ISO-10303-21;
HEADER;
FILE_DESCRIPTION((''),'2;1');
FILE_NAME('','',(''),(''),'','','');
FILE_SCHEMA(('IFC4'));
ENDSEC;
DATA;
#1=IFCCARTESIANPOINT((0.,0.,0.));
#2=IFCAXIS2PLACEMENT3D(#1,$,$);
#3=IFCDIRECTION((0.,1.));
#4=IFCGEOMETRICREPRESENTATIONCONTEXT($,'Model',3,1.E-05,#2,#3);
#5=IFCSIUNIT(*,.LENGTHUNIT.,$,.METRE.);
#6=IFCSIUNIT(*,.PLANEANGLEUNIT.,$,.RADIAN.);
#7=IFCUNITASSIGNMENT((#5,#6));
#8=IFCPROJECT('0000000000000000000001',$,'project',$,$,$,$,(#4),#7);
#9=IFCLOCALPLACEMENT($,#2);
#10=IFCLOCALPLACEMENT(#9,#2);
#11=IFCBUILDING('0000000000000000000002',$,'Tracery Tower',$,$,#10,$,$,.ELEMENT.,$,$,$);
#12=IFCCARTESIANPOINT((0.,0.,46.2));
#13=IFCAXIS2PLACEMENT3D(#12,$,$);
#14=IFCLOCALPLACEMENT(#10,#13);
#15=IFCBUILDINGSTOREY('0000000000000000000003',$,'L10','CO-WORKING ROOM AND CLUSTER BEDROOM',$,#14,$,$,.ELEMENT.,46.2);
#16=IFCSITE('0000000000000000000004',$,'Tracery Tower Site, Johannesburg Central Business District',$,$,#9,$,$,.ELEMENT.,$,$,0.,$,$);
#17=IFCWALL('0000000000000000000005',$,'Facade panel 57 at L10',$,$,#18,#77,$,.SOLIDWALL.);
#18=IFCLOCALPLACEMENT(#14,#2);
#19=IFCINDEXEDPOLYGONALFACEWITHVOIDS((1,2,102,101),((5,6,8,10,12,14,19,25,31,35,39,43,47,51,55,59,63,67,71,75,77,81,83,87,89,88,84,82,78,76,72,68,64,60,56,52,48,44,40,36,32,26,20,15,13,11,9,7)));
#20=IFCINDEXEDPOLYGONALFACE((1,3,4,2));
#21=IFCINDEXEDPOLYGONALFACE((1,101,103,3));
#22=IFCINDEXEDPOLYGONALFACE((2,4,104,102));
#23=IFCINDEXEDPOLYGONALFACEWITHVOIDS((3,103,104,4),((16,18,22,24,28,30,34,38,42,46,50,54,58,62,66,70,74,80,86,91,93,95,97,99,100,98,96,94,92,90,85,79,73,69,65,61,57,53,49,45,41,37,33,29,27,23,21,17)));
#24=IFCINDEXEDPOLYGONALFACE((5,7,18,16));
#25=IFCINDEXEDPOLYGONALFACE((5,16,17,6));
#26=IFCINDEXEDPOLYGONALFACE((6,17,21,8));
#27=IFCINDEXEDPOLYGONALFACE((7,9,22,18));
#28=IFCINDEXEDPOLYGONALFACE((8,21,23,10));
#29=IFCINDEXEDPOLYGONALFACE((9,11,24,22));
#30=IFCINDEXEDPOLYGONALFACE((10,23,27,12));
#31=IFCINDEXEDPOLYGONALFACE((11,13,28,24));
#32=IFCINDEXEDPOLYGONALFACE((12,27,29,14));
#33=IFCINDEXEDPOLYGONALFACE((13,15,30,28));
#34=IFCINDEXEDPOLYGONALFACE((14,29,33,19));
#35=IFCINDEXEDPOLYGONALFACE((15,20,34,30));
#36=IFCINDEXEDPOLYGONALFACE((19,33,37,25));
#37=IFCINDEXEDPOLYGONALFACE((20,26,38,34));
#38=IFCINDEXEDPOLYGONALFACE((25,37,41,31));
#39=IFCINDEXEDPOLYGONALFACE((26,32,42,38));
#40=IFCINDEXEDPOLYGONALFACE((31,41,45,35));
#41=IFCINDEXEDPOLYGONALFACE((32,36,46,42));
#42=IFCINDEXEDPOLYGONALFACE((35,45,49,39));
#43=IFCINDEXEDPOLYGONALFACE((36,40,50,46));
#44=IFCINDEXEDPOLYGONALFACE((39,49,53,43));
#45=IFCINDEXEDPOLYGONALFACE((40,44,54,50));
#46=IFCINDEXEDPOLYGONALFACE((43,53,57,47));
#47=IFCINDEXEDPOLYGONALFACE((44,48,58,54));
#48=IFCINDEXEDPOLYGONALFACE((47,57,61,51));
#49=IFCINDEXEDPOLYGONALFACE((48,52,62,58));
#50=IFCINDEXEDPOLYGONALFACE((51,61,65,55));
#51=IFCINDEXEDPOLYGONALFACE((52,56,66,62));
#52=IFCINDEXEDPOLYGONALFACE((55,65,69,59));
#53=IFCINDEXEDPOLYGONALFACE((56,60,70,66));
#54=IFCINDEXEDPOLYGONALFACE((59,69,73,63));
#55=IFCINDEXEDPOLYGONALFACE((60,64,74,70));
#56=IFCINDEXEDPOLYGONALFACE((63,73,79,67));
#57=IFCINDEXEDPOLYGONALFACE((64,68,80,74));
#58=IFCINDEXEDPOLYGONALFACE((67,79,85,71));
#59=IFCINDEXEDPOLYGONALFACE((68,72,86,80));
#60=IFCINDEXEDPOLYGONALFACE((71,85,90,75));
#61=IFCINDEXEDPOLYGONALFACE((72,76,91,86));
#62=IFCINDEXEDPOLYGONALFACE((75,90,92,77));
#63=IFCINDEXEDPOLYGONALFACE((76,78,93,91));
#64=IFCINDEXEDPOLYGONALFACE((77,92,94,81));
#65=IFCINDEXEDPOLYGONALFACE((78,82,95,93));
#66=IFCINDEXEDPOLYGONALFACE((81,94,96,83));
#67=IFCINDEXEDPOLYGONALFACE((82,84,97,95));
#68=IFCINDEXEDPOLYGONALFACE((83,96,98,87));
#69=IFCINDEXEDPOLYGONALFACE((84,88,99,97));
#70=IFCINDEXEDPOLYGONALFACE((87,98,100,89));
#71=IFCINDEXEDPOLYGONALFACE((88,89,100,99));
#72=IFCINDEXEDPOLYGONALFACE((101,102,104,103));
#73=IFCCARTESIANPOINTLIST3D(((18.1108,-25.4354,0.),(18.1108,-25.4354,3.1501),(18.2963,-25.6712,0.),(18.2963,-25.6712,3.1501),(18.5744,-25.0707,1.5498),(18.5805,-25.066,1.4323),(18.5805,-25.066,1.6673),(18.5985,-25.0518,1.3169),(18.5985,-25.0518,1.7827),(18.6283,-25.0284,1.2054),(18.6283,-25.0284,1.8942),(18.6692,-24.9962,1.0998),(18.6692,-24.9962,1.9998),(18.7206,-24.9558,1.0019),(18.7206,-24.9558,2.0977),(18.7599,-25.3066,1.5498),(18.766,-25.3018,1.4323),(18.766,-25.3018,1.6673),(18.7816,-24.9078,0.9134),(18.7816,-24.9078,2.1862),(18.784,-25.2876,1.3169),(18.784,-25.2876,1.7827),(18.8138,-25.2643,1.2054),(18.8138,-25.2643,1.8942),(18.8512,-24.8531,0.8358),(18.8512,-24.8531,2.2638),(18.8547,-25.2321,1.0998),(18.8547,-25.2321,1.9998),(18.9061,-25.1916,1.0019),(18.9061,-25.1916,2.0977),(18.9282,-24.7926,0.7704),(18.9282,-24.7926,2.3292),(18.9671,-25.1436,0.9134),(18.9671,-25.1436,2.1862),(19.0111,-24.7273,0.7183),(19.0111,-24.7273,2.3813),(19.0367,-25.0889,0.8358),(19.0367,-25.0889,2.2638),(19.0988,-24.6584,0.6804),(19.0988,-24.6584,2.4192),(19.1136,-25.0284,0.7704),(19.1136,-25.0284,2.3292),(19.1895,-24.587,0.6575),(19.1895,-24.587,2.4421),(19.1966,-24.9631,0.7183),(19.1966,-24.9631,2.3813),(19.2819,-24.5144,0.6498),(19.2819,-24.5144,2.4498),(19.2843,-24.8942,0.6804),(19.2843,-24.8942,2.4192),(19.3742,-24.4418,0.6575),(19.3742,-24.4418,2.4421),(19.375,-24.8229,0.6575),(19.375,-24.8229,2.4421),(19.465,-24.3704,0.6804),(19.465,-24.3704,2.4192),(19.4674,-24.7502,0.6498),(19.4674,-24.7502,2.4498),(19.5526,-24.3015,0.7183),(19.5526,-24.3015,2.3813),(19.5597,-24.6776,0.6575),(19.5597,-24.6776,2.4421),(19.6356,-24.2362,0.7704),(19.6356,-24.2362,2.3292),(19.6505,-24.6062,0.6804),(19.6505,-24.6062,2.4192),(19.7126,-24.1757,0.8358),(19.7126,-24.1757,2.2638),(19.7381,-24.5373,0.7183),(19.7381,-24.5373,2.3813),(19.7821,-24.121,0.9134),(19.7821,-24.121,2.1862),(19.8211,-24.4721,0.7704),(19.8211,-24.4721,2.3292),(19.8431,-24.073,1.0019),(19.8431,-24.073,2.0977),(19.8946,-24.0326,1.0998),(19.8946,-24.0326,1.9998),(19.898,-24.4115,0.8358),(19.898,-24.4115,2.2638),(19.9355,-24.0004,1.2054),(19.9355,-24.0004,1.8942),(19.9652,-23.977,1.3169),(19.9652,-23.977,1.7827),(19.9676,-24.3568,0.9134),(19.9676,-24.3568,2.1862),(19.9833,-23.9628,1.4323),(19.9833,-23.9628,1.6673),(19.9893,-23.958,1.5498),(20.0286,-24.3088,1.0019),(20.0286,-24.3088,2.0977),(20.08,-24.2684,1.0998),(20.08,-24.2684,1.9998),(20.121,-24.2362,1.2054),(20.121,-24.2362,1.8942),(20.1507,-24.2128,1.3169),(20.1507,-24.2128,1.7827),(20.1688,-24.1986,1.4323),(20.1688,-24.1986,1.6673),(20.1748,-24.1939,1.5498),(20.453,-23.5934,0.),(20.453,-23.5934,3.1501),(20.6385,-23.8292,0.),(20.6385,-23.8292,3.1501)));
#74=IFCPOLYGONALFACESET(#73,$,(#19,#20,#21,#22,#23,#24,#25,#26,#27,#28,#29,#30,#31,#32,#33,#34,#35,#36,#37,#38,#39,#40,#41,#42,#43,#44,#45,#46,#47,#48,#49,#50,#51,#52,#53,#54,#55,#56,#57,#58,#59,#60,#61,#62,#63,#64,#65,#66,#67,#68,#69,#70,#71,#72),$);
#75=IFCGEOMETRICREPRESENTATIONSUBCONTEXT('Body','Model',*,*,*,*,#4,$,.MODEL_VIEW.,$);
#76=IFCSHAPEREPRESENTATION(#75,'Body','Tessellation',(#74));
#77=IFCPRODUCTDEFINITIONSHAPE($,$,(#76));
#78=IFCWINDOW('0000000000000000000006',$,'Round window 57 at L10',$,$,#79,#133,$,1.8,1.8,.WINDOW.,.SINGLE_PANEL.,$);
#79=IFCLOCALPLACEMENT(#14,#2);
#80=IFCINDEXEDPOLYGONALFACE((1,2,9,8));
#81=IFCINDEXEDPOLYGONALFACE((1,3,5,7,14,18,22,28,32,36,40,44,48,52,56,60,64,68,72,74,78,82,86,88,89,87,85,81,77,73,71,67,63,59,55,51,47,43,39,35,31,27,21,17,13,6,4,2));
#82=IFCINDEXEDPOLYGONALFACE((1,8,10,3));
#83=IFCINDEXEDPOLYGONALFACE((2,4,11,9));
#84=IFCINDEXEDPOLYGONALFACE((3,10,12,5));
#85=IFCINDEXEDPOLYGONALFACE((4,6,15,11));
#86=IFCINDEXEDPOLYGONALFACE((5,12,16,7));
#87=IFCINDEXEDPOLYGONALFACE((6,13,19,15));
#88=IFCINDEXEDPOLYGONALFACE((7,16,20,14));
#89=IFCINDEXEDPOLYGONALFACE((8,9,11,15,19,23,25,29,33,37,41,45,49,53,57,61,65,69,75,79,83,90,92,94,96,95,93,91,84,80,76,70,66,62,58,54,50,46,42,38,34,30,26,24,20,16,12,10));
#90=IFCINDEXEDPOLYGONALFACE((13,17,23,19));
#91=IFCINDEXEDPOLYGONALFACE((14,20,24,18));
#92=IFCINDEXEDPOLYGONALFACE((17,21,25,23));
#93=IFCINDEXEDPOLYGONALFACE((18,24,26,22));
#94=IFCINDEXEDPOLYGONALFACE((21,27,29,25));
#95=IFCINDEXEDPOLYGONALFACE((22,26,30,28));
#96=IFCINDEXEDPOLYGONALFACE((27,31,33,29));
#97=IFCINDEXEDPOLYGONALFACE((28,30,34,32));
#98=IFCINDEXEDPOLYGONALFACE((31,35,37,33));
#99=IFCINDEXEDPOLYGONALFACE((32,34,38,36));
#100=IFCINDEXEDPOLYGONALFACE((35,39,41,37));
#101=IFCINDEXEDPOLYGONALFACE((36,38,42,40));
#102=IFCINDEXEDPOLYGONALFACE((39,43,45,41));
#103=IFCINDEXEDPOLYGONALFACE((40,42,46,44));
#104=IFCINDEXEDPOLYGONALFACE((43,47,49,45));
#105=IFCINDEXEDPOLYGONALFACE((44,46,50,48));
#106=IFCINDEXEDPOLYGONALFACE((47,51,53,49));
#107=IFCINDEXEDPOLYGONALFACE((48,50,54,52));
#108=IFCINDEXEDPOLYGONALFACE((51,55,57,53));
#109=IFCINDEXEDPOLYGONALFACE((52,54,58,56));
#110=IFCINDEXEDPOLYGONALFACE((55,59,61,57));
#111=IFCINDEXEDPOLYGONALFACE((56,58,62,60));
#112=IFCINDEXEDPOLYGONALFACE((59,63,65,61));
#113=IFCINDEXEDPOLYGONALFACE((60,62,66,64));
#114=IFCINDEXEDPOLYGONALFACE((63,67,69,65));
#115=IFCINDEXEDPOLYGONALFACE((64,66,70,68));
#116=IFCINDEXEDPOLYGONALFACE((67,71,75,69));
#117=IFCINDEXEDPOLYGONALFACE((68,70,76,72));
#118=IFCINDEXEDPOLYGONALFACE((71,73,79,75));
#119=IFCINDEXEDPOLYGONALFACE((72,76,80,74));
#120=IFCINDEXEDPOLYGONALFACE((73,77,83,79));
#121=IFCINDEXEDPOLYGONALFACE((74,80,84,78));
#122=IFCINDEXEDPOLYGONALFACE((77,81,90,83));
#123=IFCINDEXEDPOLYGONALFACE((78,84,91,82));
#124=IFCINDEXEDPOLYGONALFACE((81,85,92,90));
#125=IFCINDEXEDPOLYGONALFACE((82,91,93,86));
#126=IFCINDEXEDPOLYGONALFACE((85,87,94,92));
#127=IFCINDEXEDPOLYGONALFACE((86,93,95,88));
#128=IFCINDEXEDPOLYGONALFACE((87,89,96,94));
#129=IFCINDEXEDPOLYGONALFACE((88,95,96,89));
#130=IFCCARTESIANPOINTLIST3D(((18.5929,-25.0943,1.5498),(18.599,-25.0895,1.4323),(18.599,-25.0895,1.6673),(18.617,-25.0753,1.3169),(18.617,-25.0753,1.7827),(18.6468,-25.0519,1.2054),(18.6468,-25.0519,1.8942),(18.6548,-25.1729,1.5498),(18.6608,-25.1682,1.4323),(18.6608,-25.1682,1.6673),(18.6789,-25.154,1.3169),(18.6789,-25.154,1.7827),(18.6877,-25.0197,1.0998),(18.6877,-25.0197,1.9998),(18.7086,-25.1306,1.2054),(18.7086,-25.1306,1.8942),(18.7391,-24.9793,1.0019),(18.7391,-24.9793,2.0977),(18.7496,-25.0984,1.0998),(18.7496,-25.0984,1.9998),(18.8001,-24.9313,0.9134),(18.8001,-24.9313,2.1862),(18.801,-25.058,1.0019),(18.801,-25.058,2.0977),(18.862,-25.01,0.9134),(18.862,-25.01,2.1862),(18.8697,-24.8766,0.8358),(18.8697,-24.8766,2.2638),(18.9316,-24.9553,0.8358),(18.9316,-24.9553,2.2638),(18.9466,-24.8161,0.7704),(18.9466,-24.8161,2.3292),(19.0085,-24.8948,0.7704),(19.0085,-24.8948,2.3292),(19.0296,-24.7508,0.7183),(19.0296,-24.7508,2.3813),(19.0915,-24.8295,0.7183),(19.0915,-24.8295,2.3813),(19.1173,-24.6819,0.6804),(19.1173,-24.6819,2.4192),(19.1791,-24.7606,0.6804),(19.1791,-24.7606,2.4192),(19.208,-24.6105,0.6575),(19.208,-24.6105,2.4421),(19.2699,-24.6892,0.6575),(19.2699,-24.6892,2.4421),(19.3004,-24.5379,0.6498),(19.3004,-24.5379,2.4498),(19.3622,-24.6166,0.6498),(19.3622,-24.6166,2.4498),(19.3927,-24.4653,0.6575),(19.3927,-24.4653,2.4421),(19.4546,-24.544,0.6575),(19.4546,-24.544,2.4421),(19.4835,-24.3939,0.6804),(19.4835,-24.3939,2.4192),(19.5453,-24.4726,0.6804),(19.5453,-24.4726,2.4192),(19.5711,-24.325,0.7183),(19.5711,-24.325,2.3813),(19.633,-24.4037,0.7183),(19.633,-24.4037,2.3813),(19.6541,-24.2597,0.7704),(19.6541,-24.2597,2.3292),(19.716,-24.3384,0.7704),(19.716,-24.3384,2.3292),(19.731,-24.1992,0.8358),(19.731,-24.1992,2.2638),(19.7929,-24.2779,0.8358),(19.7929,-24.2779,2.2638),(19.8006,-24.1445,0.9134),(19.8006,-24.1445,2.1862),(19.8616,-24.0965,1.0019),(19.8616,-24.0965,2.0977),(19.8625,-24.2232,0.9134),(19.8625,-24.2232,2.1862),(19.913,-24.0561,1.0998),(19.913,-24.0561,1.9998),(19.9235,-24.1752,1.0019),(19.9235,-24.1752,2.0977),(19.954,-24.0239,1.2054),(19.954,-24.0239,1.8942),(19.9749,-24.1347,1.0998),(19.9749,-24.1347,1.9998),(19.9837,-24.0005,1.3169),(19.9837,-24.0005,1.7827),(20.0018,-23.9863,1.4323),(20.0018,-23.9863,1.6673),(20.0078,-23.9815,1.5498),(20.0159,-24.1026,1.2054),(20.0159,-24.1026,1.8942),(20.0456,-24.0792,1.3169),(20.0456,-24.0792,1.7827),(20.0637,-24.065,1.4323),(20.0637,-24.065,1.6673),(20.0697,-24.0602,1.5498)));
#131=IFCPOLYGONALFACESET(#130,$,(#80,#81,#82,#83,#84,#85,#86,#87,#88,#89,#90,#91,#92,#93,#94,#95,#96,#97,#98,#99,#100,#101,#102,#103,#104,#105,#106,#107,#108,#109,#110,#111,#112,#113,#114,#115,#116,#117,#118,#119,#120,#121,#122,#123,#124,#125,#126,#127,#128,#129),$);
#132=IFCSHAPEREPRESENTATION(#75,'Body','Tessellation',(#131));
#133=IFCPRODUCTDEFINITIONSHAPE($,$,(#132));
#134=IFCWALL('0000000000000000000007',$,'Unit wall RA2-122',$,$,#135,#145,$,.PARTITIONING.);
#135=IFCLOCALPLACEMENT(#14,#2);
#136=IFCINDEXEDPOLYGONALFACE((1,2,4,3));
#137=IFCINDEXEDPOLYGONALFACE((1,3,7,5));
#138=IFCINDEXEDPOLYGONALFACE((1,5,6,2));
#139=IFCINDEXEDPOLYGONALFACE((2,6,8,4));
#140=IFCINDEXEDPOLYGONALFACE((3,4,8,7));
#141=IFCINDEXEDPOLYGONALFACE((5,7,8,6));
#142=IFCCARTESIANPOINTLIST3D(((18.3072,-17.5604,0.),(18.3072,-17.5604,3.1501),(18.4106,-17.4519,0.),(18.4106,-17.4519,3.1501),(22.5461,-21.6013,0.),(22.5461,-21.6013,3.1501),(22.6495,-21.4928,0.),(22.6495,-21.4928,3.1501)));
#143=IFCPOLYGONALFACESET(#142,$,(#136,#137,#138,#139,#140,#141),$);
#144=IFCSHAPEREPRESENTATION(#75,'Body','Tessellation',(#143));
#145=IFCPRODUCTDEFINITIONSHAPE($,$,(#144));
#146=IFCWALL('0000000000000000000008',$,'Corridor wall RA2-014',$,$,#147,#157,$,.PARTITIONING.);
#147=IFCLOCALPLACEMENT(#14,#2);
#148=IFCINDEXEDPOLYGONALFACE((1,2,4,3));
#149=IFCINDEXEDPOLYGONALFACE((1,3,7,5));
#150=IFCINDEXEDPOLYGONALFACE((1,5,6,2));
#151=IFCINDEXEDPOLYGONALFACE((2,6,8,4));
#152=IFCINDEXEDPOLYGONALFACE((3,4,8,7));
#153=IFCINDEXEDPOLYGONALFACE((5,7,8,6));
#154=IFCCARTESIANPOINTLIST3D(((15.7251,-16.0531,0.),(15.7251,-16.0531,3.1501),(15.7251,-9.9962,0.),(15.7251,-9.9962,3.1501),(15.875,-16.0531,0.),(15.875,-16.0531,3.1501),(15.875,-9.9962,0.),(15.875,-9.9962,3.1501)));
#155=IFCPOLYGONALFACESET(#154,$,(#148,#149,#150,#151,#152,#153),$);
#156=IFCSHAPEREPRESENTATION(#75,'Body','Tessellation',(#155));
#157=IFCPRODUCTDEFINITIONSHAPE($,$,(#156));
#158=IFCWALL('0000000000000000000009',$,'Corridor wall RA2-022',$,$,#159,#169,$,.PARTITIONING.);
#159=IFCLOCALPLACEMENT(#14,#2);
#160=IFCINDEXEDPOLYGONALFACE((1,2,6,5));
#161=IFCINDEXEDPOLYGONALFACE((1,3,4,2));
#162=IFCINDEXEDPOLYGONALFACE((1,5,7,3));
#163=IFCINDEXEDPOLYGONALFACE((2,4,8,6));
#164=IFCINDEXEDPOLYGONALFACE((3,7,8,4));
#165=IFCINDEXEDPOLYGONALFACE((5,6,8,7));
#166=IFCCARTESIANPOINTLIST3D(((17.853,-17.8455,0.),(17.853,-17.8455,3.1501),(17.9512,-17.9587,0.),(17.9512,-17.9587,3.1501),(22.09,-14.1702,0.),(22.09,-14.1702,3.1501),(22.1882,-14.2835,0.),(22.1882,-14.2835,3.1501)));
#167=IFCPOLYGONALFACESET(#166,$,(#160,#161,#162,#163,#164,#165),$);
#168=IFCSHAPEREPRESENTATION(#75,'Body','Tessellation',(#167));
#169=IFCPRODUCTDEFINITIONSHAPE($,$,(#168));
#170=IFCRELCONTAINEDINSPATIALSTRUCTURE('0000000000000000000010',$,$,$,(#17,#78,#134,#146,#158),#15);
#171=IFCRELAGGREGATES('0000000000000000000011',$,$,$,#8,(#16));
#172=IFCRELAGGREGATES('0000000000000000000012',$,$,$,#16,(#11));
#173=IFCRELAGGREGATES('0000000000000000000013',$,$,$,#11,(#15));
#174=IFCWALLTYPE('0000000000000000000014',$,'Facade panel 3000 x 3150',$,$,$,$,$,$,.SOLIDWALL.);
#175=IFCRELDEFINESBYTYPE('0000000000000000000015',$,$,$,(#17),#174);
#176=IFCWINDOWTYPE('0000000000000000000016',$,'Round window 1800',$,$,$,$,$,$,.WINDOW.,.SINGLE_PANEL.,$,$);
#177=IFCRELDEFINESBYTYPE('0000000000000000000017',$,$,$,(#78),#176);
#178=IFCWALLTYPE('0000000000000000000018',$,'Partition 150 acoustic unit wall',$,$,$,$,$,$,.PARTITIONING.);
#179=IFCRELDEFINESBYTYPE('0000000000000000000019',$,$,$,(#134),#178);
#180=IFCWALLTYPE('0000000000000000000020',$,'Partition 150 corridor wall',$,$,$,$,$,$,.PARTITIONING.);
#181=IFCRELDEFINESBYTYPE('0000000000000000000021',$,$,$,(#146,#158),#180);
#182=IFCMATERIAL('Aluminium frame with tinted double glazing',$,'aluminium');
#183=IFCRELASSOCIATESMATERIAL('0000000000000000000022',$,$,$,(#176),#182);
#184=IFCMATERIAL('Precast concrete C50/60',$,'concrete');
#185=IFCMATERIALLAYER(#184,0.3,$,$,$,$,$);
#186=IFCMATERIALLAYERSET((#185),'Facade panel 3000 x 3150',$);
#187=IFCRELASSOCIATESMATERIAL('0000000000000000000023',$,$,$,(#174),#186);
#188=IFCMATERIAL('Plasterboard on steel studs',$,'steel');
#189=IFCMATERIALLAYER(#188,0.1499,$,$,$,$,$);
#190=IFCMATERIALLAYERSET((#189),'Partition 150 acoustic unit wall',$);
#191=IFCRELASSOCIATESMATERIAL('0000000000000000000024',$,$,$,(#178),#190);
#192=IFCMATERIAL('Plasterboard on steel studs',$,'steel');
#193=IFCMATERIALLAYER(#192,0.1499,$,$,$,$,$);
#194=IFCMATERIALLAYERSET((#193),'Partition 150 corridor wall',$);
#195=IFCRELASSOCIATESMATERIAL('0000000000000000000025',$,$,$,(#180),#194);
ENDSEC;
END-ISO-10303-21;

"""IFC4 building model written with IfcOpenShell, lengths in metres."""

from ifc_helpers import new_model, si_unit, direction, frame, frame_2d, origin, origin_2d, place, context, subcontext, project, spatial, rectangle, circle, extrude, material, layer, layer_set, type_object, element, fill, save


model = new_model("IFC4")

# Units and contexts
model_context = context("Model", 3, precision=1e-05, world=origin(), true_north=direction((0.0, 1.0)))
body_context = subcontext(model_context, "Body", "Model", "MODEL_VIEW")
ifc_project = project(units=[si_unit("LENGTHUNIT", "METRE"), si_unit("PLANEANGLEUNIT", "RADIAN")], contexts=[model_context])

# Site, building, storey
site_placement = place(None, origin())
site = spatial("IfcSite", under=ifc_project, at=site_placement, Name="Tracery Tower Site, Johannesburg Central Business District", CompositionType="ELEMENT", RefElevation=0.0)
building_placement = place(site_placement, origin())
building = spatial("IfcBuilding", under=site, at=building_placement, Name="Tracery Tower", CompositionType="ELEMENT")
storey_placement = place(building_placement, frame((0.0, 0.0, 46.2)))
storey = spatial("IfcBuildingStorey", under=building, at=storey_placement, Name="L10", Description="CO-WORKING ROOM AND CLUSTER BEDROOM", CompositionType="ELEMENT", Elevation=46.2)

# Wall, opening, window
ifc_material_1 = material(Name="Aluminium frame with tinted double glazing", Category="aluminium")
window_type = type_object("IfcWindowType", Name="Round window 1800", PartitioningType="SINGLE_PANEL", PredefinedType="WINDOW", material=ifc_material_1)
ifc_material_2 = material(Name="Precast concrete C50/60", Category="concrete")
ifc_layer_1 = layer(ifc_material_2, 0.3)
ifc_layer_set_1 = layer_set([ifc_layer_1], Name="Facade panel 3000 x 3150")
wall_type_1 = type_object("IfcWallType", Name="Facade panel 3000 x 3150", PredefinedType="SOLIDWALL", material=ifc_layer_set_1)
wall_1_placement = place(storey_placement, frame((18.2036, -25.5532, 0.0), z_axis=(0.0, 0.0, 1.0), x_axis=(0.786045, 0.618169, 0.0)))
wall_1 = element("IfcWall", 1, at=wall_1_placement, inside=storey, type_object=wall_type_1, Name="Facade panel 57 at L10", PredefinedType="SOLIDWALL", context=body_context, shape_type="SweptSolid", body=[
    extrude(rectangle(XDim=2.9797, YDim=0.3, at=frame_2d((1.4897, 0.0))), origin(), (0.0, 0.0, 1.0), 3.1501),
])
opening_1_placement = place(wall_1_placement, frame((1.4897, 0.0, 1.5498)))
opening_1 = element("IfcOpeningElement", 2, at=opening_1_placement, cuts=wall_1, PredefinedType="OPENING", context=body_context, shape_type="SweptSolid", body=[
    extrude(circle(Radius=0.9, at=origin_2d()), frame((0.0, 0.1599, 0.0), z_axis=(0.0, -1.0, 0.0), x_axis=(1.0, 0.0, 0.0)), (0.0, 0.0, 1.0), 0.3201),
])
window_1_placement = place(opening_1_placement, origin())
window_1 = element("IfcWindow", 3, at=window_1_placement, inside=storey, type_object=window_type, Name="Round window 57 at L10", OverallHeight=1.8, OverallWidth=1.8, PartitioningType="SINGLE_PANEL", PredefinedType="WINDOW", context=body_context, shape_type="SweptSolid", body=[
    extrude(circle(Radius=0.9, at=origin_2d()), frame((0.0, 0.1201, 0.0), z_axis=(0.0, -1.0, 0.0), x_axis=(1.0, 0.0, 0.0)), (0.0, 0.0, 1.0), 0.1001),
])
fill(opening_1, window_1)

# Walls
ifc_material_3 = material(Name="Plasterboard on steel studs", Category="steel")
ifc_layer_2 = layer(ifc_material_3, 0.1499)
ifc_layer_set_2 = layer_set([ifc_layer_2], Name="Partition 150 acoustic unit wall")
wall_type_2 = type_object("IfcWallType", Name="Partition 150 acoustic unit wall", PredefinedType="PARTITIONING", material=ifc_layer_set_2)
wall_2_placement = place(storey_placement, frame((18.3589, -17.5061, 0.0), z_axis=(0.0, 0.0, 1.0), x_axis=(0.723809, -0.690001, 0.0)))
element("IfcWall", 4, at=wall_2_placement, inside=storey, type_object=wall_type_2, Name="Unit wall RA2-122", PredefinedType="PARTITIONING", context=body_context, shape_type="SweptSolid", body=[
    extrude(rectangle(XDim=5.8564, YDim=0.1499, at=frame_2d((2.9282, 0.0))), origin(), (0.0, 0.0, 1.0), 3.1501),
])
ifc_material_4 = material(Name="Plasterboard on steel studs", Category="steel")
ifc_layer_3 = layer(ifc_material_4, 0.1499)
ifc_layer_set_3 = layer_set([ifc_layer_3], Name="Partition 150 corridor wall")
wall_type_3 = type_object("IfcWallType", Name="Partition 150 corridor wall", PredefinedType="PARTITIONING", material=ifc_layer_set_3)
wall_3_placement = place(storey_placement, frame((15.8, -16.053, 0.0), z_axis=(0.0, 0.0, 1.0), x_axis=(0.0, 1.0, 0.0)))
element("IfcWall", 5, at=wall_3_placement, inside=storey, type_object=wall_type_3, Name="Corridor wall RA2-014", PredefinedType="PARTITIONING", context=body_context, shape_type="SweptSolid", body=[
    extrude(rectangle(XDim=6.0569, YDim=0.1499, at=frame_2d((3.0283, 0.0))), origin(), (0.0, 0.0, 1.0), 3.1501),
])
wall_4_placement = place(storey_placement, frame((17.9021, -17.9021, 0.0), z_axis=(0.0, 0.0, 1.0), x_axis=(0.755409, 0.655254, 0.0)))
element("IfcWall", 6, at=wall_4_placement, inside=storey, type_object=wall_type_3, Name="Corridor wall RA2-022", PredefinedType="PARTITIONING", context=body_context, shape_type="SweptSolid", body=[
    extrude(rectangle(XDim=5.6089, YDim=0.1499, at=frame_2d((2.8044, 0.0))), origin(), (0.0, 0.0, 1.0), 3.1501),
])

save(model, "model.ifc")
